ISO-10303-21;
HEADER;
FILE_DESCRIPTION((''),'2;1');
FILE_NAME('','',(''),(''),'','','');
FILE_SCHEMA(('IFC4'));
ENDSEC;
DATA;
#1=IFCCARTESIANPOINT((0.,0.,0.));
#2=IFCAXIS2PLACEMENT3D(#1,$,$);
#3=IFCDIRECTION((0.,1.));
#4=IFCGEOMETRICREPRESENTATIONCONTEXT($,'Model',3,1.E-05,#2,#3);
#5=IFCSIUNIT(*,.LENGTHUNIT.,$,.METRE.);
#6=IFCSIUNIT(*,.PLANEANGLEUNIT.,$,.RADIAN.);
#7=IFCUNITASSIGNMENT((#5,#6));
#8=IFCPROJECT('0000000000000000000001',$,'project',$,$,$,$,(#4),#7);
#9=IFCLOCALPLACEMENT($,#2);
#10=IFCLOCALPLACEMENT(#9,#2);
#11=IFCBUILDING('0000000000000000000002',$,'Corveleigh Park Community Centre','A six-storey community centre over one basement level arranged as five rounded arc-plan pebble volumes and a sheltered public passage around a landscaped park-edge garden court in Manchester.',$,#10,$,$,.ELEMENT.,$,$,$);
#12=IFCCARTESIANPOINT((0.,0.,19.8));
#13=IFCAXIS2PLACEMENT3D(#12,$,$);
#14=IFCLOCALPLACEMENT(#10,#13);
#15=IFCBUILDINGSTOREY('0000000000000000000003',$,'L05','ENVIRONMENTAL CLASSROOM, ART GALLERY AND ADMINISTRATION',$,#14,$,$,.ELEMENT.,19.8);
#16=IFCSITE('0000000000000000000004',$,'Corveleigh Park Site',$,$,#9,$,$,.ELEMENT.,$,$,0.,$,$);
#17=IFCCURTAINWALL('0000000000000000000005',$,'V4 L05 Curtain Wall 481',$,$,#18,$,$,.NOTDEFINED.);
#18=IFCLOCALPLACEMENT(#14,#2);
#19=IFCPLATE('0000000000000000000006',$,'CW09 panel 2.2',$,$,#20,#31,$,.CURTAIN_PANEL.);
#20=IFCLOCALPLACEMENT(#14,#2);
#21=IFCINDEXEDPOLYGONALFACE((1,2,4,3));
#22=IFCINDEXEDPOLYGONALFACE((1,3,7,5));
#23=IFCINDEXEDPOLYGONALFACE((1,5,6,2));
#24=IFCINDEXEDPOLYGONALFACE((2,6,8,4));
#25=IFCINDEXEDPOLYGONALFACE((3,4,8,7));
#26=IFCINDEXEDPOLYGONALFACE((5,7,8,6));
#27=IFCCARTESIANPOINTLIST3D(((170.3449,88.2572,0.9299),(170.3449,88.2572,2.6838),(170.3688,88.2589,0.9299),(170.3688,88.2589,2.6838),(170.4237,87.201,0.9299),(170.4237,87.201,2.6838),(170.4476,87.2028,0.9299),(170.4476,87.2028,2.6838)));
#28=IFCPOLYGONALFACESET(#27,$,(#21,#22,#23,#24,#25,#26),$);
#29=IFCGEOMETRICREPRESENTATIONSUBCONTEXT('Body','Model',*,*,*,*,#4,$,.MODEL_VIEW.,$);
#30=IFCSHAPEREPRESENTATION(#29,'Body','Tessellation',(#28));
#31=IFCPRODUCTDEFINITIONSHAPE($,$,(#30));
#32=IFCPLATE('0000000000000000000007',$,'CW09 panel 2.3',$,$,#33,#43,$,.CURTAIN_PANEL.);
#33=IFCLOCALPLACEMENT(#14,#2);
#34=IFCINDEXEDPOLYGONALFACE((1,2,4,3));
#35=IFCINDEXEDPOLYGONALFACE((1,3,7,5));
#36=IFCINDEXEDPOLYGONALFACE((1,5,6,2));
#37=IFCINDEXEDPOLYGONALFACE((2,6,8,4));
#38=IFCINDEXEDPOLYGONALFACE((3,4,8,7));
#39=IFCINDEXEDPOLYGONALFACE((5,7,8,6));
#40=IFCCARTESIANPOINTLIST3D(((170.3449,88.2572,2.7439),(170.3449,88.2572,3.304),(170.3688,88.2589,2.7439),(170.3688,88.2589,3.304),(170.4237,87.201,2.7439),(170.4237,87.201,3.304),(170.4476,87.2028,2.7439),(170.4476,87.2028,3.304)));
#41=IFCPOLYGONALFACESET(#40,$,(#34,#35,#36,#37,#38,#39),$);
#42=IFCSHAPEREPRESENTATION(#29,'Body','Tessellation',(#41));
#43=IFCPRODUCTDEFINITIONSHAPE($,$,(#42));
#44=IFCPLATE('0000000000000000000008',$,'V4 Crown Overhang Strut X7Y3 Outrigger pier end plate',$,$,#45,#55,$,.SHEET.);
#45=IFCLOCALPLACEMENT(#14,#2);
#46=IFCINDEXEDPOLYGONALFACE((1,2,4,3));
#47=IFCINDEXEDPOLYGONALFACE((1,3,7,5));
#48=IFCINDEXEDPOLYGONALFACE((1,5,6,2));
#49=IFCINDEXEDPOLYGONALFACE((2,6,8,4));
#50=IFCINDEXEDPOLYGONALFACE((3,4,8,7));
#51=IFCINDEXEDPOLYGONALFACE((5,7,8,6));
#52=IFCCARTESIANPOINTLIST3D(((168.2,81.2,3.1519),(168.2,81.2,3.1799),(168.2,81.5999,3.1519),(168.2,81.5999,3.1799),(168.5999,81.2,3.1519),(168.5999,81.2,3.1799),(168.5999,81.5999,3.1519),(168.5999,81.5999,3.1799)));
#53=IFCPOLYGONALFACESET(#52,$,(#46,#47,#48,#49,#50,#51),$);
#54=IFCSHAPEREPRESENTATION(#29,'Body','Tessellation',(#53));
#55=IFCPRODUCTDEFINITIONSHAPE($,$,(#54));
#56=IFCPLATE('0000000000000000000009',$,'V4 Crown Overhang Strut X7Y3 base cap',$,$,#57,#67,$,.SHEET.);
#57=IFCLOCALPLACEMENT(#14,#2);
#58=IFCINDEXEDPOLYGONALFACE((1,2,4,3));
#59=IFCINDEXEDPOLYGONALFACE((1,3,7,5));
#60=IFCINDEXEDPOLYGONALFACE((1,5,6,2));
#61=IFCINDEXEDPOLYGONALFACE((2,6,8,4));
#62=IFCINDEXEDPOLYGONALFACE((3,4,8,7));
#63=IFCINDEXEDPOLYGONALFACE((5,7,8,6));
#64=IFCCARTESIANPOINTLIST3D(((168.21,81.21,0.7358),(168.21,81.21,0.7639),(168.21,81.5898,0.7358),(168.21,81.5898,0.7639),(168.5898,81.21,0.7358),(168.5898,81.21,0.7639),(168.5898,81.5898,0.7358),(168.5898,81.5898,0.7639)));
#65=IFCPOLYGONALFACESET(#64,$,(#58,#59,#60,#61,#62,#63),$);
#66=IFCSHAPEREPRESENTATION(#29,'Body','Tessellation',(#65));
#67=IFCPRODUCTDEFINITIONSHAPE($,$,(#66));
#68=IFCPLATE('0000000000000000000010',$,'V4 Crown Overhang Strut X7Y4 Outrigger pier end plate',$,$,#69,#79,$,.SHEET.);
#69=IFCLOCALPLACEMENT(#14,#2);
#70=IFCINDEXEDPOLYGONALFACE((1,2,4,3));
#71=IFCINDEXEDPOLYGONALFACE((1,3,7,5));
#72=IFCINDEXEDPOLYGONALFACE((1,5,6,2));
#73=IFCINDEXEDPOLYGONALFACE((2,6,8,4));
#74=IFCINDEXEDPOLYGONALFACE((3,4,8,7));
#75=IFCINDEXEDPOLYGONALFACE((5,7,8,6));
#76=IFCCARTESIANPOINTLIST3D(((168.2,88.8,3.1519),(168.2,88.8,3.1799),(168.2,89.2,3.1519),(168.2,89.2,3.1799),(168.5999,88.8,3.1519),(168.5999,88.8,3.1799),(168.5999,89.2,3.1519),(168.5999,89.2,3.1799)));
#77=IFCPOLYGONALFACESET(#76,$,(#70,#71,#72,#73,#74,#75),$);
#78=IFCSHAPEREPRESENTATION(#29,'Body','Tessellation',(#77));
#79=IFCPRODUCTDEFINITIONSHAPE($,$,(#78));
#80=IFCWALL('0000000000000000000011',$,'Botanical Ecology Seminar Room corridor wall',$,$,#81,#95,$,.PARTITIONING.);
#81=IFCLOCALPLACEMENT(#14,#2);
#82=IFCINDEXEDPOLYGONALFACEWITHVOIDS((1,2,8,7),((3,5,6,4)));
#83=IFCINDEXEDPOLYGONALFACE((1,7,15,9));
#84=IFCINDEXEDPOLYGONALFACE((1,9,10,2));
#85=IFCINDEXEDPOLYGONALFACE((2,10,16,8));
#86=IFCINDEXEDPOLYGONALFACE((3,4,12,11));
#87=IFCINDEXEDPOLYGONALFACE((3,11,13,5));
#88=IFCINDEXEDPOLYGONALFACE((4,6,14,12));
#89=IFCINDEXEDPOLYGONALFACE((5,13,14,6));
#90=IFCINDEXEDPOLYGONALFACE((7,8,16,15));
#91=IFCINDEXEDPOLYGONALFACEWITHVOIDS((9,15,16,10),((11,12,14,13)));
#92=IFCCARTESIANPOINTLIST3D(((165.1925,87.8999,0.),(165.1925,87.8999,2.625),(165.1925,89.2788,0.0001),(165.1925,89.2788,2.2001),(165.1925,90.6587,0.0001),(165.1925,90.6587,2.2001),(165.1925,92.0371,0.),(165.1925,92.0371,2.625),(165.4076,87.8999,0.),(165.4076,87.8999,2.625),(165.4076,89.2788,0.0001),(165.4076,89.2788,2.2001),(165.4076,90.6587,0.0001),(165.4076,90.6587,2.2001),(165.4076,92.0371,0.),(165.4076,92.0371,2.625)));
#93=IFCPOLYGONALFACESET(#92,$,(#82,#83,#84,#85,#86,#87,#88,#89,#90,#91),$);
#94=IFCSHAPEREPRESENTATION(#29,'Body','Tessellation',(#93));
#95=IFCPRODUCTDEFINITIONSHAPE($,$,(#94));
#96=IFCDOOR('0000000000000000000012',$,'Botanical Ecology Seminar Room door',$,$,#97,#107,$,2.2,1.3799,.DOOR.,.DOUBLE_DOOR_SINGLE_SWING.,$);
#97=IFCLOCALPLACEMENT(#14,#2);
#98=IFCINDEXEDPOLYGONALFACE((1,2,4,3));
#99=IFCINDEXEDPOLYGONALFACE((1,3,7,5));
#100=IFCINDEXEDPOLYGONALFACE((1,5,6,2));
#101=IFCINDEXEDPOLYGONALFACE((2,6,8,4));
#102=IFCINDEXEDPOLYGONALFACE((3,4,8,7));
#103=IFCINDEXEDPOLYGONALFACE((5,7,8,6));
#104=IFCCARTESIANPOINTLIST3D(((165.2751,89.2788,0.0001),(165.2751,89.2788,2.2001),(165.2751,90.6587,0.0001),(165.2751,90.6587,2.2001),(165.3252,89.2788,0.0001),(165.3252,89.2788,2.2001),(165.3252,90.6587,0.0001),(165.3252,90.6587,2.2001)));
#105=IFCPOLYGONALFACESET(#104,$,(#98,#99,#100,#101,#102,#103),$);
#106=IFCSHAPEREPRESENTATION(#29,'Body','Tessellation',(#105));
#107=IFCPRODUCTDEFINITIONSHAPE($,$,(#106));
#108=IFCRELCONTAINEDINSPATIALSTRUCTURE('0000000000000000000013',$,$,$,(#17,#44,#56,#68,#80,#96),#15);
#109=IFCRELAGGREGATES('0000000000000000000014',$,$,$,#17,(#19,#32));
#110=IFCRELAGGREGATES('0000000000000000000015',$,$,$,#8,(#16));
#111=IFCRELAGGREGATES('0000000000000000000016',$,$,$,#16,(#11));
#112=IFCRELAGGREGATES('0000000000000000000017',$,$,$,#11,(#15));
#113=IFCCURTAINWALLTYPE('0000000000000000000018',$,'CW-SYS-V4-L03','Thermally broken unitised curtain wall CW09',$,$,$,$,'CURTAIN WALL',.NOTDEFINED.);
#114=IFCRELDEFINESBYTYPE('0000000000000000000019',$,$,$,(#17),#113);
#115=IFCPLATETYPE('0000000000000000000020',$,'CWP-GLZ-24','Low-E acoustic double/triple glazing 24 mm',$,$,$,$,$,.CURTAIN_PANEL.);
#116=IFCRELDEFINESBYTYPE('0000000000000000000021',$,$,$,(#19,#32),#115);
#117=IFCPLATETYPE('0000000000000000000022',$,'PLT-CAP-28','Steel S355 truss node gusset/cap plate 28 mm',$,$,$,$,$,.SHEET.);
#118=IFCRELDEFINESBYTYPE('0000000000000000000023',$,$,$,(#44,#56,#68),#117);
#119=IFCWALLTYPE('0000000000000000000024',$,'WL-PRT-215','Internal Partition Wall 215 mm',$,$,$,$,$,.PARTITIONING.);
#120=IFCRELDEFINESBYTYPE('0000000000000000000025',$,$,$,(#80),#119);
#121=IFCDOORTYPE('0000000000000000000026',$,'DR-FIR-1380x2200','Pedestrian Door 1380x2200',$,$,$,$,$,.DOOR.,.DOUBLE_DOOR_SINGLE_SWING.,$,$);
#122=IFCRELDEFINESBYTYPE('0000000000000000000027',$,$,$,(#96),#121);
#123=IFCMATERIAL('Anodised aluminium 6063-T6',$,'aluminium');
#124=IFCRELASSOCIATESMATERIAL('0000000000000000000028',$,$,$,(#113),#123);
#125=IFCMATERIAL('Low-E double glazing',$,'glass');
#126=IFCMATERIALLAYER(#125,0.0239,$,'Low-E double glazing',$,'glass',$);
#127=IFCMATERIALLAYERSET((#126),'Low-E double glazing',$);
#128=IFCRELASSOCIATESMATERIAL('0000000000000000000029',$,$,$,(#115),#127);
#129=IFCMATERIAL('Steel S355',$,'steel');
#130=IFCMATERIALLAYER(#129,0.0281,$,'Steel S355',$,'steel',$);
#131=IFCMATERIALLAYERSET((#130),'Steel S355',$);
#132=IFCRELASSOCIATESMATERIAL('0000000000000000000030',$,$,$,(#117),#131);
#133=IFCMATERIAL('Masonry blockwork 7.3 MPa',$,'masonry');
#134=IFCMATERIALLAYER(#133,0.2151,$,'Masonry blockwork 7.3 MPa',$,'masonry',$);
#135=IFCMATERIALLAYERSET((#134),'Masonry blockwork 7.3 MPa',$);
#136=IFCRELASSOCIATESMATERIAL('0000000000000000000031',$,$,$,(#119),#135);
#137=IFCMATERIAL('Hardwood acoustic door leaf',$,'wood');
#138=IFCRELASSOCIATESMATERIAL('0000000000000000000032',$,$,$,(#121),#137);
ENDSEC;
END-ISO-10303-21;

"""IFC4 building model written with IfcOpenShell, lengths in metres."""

from ifc_helpers import new_model, si_unit, direction, frame, frame_2d, origin, origin_2d, place, context, subcontext, project, spatial, rectangle, extrude, material, layer, layer_set, type_object, element, fill, aggregate, save


model = new_model("IFC4")

# Units and contexts
model_context = context("Model", 3, precision=1e-05, world=origin(), true_north=direction((0.0, 1.0)))
body_context = subcontext(model_context, "Body", "Model", "MODEL_VIEW")
ifc_project = project(units=[si_unit("LENGTHUNIT", "METRE"), si_unit("PLANEANGLEUNIT", "RADIAN")], contexts=[model_context])

# Site, building, storey
site_placement = place(None, origin())
site = spatial("IfcSite", under=ifc_project, at=site_placement, Name="Corveleigh Park Site", CompositionType="ELEMENT", RefElevation=0.0)
building_placement = place(site_placement, origin())
building = spatial("IfcBuilding", under=site, at=building_placement, Name="Corveleigh Park Community Centre", Description="A six-storey community centre over one basement level arranged as five rounded arc-plan pebble volumes and a sheltered public passage around a landscaped park-edge garden court in Manchester.", CompositionType="ELEMENT")
storey_placement = place(building_placement, frame((0.0, 0.0, 19.8)))
storey = spatial("IfcBuildingStorey", under=building, at=storey_placement, Name="L05", Description="ENVIRONMENTAL CLASSROOM, ART GALLERY AND ADMINISTRATION", CompositionType="ELEMENT", Elevation=19.8)

# Shared definitions
ifc_material_1 = material(Name="Steel S355", Category="steel")

# Curtain wall
ifc_material_2 = material(Name="Anodised aluminium 6063-T6", Category="aluminium")
curtain_wall_type = type_object("IfcCurtainWallType", Name="CW-SYS-V4-L03", Description="Thermally broken unitised curtain wall CW09", ElementType="CURTAIN WALL", PredefinedType="NOTDEFINED", material=ifc_material_2)
curtain_wall_1_placement = place(storey_placement, origin())
curtain_wall_1 = element("IfcCurtainWall", 1, at=curtain_wall_1_placement, inside=storey, type_object=curtain_wall_type, Name="V4 L05 Curtain Wall 481", PredefinedType="NOTDEFINED")

# Plates
ifc_material_3 = material(Name="Low-E double glazing", Category="glass")
ifc_layer_1 = layer(ifc_material_3, 0.0239, Name="Low-E double glazing", Category="glass")
ifc_layer_set_1 = layer_set([ifc_layer_1], Name="Low-E double glazing")
plate_type_1 = type_object("IfcPlateType", Name="CWP-GLZ-24", Description="Low-E acoustic double/triple glazing 24 mm", PredefinedType="CURTAIN_PANEL", material=ifc_layer_set_1)
plate_1_placement = place(storey_placement, frame((170.3962, 87.73, 0.9299), z_axis=(0.0, 0.0, 1.0), x_axis=(0.074401, -0.997228, 0.0)))
plate_1 = element("IfcPlate", 2, at=plate_1_placement, type_object=plate_type_1, Name="CW09 panel 2.2", PredefinedType="CURTAIN_PANEL", context=body_context, shape_type="SweptSolid", body=[
    extrude(rectangle(XDim=1.0591, YDim=0.0239, at=origin_2d()), origin(), (0.0, 0.0, 1.0), 1.7539),
])
plate_2_placement = place(storey_placement, frame((170.3962, 87.73, 2.7439), z_axis=(0.0, 0.0, 1.0), x_axis=(0.074401, -0.997228, 0.0)))
plate_2 = element("IfcPlate", 3, at=plate_2_placement, type_object=plate_type_1, Name="CW09 panel 2.3", PredefinedType="CURTAIN_PANEL", context=body_context, shape_type="SweptSolid", body=[
    extrude(rectangle(XDim=1.0591, YDim=0.0239, at=origin_2d()), origin(), (0.0, 0.0, 1.0), 0.5601),
])
aggregate(curtain_wall_1, [plate_1, plate_2])

# Plates
ifc_layer_2 = layer(ifc_material_1, 0.0281, Name="Steel S355", Category="steel")
ifc_layer_set_2 = layer_set([ifc_layer_2], Name="Steel S355")
plate_type_2 = type_object("IfcPlateType", Name="PLT-CAP-28", Description="Steel S355 truss node gusset/cap plate 28 mm", PredefinedType="SHEET", material=ifc_layer_set_2)
plate_3_placement = place(storey_placement, frame((168.3999, 81.3999, 3.1519), z_axis=(0.0, 0.0, 1.0), x_axis=(1.0, 0.0, 0.0)))
element("IfcPlate", 4, at=plate_3_placement, inside=storey, type_object=plate_type_2, Name="V4 Crown Overhang Strut X7Y3 Outrigger pier end plate", PredefinedType="SHEET", context=body_context, shape_type="SweptSolid", body=[
    extrude(rectangle(XDim=0.3999, YDim=0.3999, at=origin_2d()), origin(), (0.0, 0.0, 1.0), 0.0281),
])
plate_4_placement = place(storey_placement, frame((168.3999, 81.3999, 0.7358), z_axis=(0.0, 0.0, 1.0), x_axis=(1.0, 0.0, 0.0)))
element("IfcPlate", 5, at=plate_4_placement, inside=storey, type_object=plate_type_2, Name="V4 Crown Overhang Strut X7Y3 base cap", PredefinedType="SHEET", context=body_context, shape_type="SweptSolid", body=[
    extrude(rectangle(XDim=0.3799, YDim=0.3799, at=origin_2d()), origin(), (0.0, 0.0, 1.0), 0.0281),
])
plate_5_placement = place(storey_placement, frame((168.3999, 89.0, 3.1519), z_axis=(0.0, 0.0, 1.0), x_axis=(1.0, 0.0, 0.0)))
element("IfcPlate", 6, at=plate_5_placement, inside=storey, type_object=plate_type_2, Name="V4 Crown Overhang Strut X7Y4 Outrigger pier end plate", PredefinedType="SHEET", context=body_context, shape_type="SweptSolid", body=[
    extrude(rectangle(XDim=0.3999, YDim=0.3999, at=origin_2d()), origin(), (0.0, 0.0, 1.0), 0.0281),
])

# Wall, opening, door
ifc_material_4 = material(Name="Masonry blockwork 7.3 MPa", Category="masonry")
ifc_layer_3 = layer(ifc_material_4, 0.2151, Name="Masonry blockwork 7.3 MPa", Category="masonry")
ifc_layer_set_3 = layer_set([ifc_layer_3], Name="Masonry blockwork 7.3 MPa")
wall_type = type_object("IfcWallType", Name="WL-PRT-215", Description="Internal Partition Wall 215 mm", PredefinedType="PARTITIONING", material=ifc_layer_set_3)
wall_placement = place(storey_placement, frame((165.3, 87.8999, 0.0), z_axis=(0.0, 0.0, 1.0), x_axis=(0.0, 1.0, 0.0)))
wall = element("IfcWall", 7, at=wall_placement, inside=storey, type_object=wall_type, Name="Botanical Ecology Seminar Room corridor wall", PredefinedType="PARTITIONING", context=body_context, shape_type="SweptSolid", body=[
    extrude(rectangle(XDim=4.1372, YDim=0.2151, at=frame_2d((2.0686, 0.0))), origin(), (0.0, 0.0, 1.0), 2.625),
])
opening_placement = place(wall_placement, frame((1.3789, 0.0, 0.0)))
opening = element("IfcOpeningElement", 8, at=opening_placement, cuts=wall, PredefinedType="OPENING", context=body_context, shape_type="SweptSolid", body=[
    extrude(rectangle(XDim=1.3799, YDim=2.2, at=frame_2d((0.6899, 1.1001))), frame((0.0, 0.1174, 0.0), z_axis=(0.0, -1.0, 0.0), x_axis=(1.0, 0.0, 0.0)), (0.0, 0.0, 1.0), 0.2351),
])
ifc_material_5 = material(Name="Hardwood acoustic door leaf", Category="wood")
door_type = type_object("IfcDoorType", Name="DR-FIR-1380x2200", Description="Pedestrian Door 1380x2200", OperationType="DOUBLE_DOOR_SINGLE_SWING", PredefinedType="DOOR", material=ifc_material_5)
door_placement = place(opening_placement, origin())
door = element("IfcDoor", 9, at=door_placement, inside=storey, type_object=door_type, Name="Botanical Ecology Seminar Room door", OperationType="DOUBLE_DOOR_SINGLE_SWING", OverallHeight=2.2, OverallWidth=1.3799, PredefinedType="DOOR", context=body_context, shape_type="SweptSolid", body=[
    extrude(rectangle(XDim=1.3799, YDim=2.2, at=frame_2d((0.6899, 1.1001))), frame((0.0, 0.0249, 0.0), z_axis=(0.0, -1.0, 0.0), x_axis=(1.0, 0.0, 0.0)), (0.0, 0.0, 1.0), 0.05),
])
fill(opening, door)

save(model, "model.ifc")
